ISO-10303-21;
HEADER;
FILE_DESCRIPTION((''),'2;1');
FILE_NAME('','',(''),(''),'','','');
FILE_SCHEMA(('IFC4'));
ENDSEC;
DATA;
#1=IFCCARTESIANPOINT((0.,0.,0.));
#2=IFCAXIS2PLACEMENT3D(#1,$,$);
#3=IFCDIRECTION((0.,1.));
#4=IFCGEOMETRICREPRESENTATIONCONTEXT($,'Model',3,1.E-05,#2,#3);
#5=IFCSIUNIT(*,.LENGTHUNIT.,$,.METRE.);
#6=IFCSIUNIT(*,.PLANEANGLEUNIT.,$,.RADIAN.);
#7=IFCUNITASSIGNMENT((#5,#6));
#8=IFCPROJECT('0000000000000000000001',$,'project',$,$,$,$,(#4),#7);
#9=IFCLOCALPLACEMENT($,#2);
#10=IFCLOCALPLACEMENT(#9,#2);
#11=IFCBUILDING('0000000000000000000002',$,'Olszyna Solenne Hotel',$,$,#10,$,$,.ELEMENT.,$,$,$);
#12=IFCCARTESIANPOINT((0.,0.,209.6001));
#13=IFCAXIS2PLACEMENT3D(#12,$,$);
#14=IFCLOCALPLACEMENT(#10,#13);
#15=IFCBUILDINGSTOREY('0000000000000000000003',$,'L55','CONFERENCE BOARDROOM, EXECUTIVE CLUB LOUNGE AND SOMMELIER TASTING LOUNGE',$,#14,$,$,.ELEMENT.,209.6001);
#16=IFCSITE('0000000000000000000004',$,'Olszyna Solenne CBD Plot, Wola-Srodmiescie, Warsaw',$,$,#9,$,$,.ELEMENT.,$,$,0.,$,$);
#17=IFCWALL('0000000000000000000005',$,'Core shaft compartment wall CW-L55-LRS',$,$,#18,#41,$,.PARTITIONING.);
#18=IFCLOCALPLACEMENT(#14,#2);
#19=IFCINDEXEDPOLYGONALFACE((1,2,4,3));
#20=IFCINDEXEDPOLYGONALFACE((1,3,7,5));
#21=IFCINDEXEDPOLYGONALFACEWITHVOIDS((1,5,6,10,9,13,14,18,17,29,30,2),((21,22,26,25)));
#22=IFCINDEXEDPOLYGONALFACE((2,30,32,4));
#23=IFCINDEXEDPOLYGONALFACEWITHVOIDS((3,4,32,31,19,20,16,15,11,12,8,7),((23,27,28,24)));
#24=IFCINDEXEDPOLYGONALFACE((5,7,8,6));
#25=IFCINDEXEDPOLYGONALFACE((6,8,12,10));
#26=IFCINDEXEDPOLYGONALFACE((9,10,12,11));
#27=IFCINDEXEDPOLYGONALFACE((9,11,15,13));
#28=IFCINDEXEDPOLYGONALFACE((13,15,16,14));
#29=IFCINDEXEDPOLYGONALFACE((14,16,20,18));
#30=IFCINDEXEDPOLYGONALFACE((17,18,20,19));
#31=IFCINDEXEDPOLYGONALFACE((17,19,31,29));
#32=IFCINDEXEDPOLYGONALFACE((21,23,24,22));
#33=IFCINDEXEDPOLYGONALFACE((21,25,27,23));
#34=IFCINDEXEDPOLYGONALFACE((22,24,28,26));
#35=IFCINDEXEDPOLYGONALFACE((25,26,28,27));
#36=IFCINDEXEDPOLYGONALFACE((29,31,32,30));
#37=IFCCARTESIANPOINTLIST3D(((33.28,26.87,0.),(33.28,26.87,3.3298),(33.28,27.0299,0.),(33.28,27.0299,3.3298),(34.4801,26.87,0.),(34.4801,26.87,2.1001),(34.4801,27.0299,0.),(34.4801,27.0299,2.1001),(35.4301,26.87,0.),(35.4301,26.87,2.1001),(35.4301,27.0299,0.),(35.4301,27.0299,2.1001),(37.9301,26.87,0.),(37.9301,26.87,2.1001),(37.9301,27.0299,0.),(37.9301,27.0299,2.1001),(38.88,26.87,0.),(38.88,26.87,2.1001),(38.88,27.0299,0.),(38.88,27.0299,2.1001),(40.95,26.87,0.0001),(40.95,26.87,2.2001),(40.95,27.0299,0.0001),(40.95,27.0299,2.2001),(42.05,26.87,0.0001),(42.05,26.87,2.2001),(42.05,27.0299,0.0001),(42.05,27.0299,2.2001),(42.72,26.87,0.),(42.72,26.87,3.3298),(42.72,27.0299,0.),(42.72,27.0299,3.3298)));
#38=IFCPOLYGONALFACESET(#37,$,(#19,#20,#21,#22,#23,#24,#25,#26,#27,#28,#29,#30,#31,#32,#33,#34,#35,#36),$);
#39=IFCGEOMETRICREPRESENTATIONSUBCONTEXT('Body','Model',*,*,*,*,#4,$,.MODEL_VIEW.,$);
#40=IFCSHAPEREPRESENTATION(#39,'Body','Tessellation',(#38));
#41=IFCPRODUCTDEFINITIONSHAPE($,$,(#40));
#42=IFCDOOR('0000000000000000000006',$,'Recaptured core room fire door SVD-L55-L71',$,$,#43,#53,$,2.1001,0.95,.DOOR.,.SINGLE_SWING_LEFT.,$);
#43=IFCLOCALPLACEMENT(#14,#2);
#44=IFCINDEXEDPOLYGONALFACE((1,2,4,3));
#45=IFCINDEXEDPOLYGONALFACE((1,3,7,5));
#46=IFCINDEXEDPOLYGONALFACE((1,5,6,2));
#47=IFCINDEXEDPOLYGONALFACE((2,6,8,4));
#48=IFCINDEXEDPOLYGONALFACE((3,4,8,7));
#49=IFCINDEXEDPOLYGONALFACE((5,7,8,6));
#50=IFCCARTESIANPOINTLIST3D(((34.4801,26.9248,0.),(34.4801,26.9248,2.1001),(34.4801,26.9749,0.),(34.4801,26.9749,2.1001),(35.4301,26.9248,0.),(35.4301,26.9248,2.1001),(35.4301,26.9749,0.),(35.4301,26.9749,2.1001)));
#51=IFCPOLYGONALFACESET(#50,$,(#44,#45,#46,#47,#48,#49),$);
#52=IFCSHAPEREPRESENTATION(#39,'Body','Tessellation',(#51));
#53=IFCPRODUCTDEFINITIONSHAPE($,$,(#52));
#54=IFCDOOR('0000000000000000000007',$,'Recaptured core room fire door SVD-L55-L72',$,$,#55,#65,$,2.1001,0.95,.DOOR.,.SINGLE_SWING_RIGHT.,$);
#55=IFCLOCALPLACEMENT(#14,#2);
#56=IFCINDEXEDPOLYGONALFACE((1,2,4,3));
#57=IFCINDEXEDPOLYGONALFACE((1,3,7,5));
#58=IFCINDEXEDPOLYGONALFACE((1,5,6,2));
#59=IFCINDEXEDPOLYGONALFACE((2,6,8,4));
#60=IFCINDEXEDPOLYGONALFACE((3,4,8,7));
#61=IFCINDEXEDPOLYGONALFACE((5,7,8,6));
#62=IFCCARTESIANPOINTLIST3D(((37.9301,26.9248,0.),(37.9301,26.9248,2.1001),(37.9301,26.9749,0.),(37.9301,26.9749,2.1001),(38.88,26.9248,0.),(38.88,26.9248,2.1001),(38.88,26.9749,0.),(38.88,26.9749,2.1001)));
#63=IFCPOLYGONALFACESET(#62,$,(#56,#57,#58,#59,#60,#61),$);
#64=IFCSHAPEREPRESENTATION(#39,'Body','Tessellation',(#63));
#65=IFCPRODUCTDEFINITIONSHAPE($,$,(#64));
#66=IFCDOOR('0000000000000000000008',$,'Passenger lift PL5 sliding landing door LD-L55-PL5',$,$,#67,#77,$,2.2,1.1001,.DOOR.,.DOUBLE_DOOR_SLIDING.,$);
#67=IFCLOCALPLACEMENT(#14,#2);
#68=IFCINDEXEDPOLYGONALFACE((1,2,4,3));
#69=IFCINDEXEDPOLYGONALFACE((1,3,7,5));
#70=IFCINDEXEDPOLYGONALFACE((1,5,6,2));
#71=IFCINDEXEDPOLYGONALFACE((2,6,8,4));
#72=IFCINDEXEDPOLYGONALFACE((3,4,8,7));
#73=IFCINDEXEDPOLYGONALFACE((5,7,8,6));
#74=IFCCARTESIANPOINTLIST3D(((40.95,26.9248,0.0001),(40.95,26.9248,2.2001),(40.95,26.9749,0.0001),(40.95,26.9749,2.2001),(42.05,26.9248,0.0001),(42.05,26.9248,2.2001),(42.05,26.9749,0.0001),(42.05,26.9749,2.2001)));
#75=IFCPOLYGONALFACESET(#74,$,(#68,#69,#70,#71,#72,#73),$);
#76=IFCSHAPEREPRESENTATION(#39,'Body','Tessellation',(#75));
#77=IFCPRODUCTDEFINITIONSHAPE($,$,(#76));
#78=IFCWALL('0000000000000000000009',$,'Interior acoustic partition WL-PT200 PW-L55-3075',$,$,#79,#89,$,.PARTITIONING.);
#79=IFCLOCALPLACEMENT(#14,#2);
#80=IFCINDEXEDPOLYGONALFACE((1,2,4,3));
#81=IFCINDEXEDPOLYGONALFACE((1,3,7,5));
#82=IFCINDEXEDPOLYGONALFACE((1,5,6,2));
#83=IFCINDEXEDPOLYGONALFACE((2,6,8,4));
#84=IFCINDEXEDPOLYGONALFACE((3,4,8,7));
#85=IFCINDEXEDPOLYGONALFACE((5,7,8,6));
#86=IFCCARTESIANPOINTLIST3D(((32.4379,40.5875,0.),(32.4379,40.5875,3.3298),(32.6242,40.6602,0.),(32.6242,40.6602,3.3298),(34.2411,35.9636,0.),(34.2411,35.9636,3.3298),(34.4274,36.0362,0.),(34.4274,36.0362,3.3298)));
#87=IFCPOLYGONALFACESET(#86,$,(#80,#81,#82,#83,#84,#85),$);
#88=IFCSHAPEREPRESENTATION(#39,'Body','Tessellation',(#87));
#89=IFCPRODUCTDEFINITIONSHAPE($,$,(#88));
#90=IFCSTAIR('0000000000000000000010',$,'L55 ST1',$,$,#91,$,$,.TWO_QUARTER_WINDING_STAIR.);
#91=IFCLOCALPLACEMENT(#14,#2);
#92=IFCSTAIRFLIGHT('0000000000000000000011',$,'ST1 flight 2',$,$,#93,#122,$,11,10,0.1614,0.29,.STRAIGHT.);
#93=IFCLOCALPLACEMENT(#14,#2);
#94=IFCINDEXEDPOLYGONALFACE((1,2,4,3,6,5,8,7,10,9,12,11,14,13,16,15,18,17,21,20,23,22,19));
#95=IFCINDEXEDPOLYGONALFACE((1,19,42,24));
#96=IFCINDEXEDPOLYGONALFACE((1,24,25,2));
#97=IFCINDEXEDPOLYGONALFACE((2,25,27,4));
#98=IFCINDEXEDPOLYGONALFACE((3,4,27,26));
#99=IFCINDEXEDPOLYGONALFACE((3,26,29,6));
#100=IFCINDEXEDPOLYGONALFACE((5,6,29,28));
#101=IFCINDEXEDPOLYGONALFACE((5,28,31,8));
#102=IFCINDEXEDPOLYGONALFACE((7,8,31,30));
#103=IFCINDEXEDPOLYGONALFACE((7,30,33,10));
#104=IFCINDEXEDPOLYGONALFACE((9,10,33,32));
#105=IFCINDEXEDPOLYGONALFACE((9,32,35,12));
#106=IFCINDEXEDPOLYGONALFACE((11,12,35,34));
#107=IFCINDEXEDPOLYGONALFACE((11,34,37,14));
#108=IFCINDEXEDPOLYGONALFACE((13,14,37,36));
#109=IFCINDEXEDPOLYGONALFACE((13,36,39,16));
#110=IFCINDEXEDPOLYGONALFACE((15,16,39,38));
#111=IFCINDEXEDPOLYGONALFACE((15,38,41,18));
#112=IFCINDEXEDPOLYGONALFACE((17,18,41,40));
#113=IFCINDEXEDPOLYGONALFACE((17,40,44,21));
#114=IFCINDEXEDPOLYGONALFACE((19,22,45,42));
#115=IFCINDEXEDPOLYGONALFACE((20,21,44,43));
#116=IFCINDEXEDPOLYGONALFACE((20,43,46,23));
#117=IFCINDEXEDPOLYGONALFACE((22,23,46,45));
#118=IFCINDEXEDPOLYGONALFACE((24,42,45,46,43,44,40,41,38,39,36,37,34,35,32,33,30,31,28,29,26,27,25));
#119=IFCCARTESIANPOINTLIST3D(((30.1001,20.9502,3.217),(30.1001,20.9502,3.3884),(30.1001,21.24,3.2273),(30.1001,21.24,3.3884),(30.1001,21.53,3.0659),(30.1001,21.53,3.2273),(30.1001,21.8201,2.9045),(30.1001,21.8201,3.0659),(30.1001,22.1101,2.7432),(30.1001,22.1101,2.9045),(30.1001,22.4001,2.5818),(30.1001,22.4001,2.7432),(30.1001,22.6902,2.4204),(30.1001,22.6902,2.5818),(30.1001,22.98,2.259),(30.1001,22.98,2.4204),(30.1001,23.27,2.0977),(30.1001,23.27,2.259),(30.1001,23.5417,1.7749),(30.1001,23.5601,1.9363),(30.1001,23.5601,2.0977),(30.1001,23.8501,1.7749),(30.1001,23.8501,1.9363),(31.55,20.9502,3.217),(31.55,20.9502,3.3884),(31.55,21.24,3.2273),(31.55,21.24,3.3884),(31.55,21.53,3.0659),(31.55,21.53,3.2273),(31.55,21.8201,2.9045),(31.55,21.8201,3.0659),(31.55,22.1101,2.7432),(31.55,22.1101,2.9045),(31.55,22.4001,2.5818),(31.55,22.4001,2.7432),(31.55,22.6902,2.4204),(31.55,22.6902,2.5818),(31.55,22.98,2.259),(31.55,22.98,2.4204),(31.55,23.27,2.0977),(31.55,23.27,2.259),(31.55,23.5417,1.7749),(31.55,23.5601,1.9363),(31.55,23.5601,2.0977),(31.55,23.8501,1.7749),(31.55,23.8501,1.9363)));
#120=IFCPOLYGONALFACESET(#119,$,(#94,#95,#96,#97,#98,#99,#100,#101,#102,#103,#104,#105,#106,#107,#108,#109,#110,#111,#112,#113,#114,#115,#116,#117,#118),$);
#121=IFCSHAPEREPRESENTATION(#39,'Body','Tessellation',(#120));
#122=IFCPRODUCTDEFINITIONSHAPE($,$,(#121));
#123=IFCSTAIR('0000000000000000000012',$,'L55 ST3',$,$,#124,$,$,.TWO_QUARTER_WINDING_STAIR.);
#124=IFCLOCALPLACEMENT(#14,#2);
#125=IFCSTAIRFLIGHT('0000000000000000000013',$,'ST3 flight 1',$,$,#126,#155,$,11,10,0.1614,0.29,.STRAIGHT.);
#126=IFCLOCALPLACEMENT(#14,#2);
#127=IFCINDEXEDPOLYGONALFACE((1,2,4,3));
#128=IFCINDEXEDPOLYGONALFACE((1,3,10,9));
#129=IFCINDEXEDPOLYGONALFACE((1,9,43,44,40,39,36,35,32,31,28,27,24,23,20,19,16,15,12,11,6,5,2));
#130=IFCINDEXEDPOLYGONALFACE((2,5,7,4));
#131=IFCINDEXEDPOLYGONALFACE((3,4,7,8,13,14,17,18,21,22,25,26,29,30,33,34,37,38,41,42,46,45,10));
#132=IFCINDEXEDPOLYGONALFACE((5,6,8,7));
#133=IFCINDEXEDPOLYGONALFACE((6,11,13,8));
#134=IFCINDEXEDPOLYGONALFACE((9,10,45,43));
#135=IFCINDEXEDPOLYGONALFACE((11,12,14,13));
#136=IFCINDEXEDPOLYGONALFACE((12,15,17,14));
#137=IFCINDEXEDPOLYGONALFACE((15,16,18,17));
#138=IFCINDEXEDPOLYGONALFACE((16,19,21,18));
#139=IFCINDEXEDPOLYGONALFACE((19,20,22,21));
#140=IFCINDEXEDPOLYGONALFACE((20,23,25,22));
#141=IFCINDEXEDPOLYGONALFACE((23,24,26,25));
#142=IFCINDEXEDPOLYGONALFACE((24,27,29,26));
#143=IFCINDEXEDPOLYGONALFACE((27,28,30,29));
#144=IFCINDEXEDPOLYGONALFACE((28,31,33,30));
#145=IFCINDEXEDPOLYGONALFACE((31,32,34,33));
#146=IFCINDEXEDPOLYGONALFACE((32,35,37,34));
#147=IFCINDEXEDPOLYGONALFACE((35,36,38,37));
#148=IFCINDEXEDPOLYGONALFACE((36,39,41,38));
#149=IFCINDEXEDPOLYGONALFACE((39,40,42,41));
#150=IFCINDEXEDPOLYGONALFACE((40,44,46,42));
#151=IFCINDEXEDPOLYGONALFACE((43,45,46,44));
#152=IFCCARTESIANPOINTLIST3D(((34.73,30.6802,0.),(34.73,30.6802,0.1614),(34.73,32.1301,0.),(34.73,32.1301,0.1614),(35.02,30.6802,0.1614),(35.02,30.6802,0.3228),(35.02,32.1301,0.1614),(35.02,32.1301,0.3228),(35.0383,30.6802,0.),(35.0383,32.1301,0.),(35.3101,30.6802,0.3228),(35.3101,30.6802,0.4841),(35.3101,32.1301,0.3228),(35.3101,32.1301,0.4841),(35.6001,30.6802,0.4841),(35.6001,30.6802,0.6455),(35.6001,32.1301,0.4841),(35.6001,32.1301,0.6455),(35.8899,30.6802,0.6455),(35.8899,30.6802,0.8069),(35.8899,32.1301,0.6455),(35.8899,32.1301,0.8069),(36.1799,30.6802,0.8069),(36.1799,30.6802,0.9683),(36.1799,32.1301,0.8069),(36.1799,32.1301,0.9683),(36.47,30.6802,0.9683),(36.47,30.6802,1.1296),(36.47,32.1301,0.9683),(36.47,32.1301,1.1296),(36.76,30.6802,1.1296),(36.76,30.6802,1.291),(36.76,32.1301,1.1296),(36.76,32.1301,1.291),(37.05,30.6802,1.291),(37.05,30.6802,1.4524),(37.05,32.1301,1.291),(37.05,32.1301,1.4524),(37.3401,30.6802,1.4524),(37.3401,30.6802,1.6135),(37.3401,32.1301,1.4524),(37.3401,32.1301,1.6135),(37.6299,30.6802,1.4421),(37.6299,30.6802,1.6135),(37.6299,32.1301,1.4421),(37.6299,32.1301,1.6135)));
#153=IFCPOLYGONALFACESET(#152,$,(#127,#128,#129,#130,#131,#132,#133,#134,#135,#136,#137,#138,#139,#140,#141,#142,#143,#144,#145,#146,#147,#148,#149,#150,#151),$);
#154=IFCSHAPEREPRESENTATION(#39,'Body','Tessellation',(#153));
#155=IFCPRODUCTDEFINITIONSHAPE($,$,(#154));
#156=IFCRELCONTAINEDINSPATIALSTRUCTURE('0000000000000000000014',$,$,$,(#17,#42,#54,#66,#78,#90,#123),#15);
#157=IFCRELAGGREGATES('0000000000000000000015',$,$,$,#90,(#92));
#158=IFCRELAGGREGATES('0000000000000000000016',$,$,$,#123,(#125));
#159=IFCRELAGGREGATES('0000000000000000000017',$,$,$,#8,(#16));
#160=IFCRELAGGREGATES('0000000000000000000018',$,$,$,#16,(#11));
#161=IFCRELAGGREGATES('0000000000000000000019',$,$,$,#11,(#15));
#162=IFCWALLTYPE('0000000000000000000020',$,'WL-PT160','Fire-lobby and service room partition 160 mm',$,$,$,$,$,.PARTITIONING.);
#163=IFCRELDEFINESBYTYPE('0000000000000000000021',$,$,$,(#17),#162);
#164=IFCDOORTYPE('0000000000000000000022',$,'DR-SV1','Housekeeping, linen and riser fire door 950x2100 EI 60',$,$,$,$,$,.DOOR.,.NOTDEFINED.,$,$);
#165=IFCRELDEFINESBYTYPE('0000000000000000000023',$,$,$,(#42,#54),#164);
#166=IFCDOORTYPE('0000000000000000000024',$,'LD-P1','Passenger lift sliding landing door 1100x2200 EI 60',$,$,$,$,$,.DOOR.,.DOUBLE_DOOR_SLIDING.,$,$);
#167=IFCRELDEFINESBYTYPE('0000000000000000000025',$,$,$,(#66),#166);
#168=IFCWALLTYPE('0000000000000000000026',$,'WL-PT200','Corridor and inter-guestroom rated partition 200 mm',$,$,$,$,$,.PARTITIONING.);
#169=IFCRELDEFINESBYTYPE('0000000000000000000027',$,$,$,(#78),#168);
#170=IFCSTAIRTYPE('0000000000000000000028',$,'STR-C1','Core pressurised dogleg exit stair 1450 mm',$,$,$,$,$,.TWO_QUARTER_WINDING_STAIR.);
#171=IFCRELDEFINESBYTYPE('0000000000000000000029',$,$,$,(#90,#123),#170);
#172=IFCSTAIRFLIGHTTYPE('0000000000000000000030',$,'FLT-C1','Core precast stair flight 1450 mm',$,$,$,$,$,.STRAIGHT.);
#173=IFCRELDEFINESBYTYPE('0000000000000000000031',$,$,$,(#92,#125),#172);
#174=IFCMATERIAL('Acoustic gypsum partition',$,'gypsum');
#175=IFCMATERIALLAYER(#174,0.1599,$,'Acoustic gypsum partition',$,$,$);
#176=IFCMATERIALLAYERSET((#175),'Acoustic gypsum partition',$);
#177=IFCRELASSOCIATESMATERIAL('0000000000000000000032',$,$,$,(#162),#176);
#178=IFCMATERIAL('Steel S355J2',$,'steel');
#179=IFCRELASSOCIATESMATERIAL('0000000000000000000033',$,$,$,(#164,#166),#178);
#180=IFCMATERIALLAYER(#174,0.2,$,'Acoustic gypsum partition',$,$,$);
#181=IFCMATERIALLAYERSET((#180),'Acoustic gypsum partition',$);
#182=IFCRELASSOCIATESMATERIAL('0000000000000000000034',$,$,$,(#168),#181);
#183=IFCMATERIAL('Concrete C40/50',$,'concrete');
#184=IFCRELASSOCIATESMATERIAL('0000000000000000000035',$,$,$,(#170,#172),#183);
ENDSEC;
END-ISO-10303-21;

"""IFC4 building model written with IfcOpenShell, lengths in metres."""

from ifc_helpers import new_model, si_unit, direction, frame, frame_2d, origin, place, context, subcontext, project, spatial, polyline, rectangle, outline, extrude, source, transform, mapped, material, layer, layer_set, type_object, type_shapes, element, fill, aggregate, save


model = new_model("IFC4")

# Units and contexts
model_context = context("Model", 3, precision=1e-05, world=origin(), true_north=direction((0.0, 1.0)))
body_context = subcontext(model_context, "Body", "Model", "MODEL_VIEW")
ifc_project = project(units=[si_unit("LENGTHUNIT", "METRE"), si_unit("PLANEANGLEUNIT", "RADIAN")], contexts=[model_context])

# Site, building, storey
site_placement = place(None, origin())
site = spatial("IfcSite", under=ifc_project, at=site_placement, Name="Olszyna Solenne CBD Plot, Wola-Srodmiescie, Warsaw", CompositionType="ELEMENT", RefElevation=0.0)
building_placement = place(site_placement, origin())
building = spatial("IfcBuilding", under=site, at=building_placement, Name="Olszyna Solenne Hotel", CompositionType="ELEMENT")
storey_placement = place(building_placement, frame((0.0, 0.0, 209.6001)))
storey = spatial("IfcBuildingStorey", under=building, at=storey_placement, Name="L55", Description="CONFERENCE BOARDROOM, EXECUTIVE CLUB LOUNGE AND SOMMELIER TASTING LOUNGE", CompositionType="ELEMENT", Elevation=209.6001)

# Shared definitions
ifc_material_1 = material(Name="Steel S355J2", Category="steel")

# Shared definitions
ifc_material_2 = material(Name="Acoustic gypsum partition", Category="gypsum")
ifc_layer_1 = layer(ifc_material_2, 0.1599, Name="Acoustic gypsum partition")
ifc_layer_set_1 = layer_set([ifc_layer_1], Name="Acoustic gypsum partition")
wall_type_1 = type_object("IfcWallType", Name="WL-PT160", Description="Fire-lobby and service room partition 160 mm", PredefinedType="PARTITIONING", material=ifc_layer_set_1)

# Wall, openings, doors
wall_1_placement = place(storey_placement, frame((33.28, 26.95, 0.0), z_axis=(0.0, 0.0, 1.0), x_axis=(1.0, 0.0, 0.0)))
wall_1 = element("IfcWall", 1, at=wall_1_placement, inside=storey, type_object=wall_type_1, Name="Core shaft compartment wall CW-L55-LRS", PredefinedType="PARTITIONING", context=body_context, shape_type="SweptSolid", body=[
    extrude(rectangle(XDim=9.4399, YDim=0.1599, at=frame_2d((4.72, 0.0))), origin(), (0.0, 0.0, 1.0), 3.3298),
])
opening_1_placement = place(wall_1_placement, frame((1.2, 0.0, 0.0)))
opening_1 = element("IfcOpeningElement", 2, at=opening_1_placement, cuts=wall_1, PredefinedType="OPENING", context=body_context, shape_type="SweptSolid", body=[
    extrude(rectangle(XDim=0.95, YDim=2.1001, at=frame_2d((0.4751, 1.05))), frame((0.0, 0.0898, 0.0), z_axis=(0.0, -1.0, 0.0), x_axis=(1.0, 0.0, 0.0)), (0.0, 0.0, 1.0), 0.1799),
])
opening_2_placement = place(wall_1_placement, frame((4.6499, 0.0, 0.0)))
opening_2 = element("IfcOpeningElement", 3, at=opening_2_placement, cuts=wall_1, PredefinedType="OPENING", context=body_context, shape_type="SweptSolid", body=[
    extrude(rectangle(XDim=0.95, YDim=2.1001, at=frame_2d((0.4751, 1.05))), frame((0.0, 0.0898, 0.0), z_axis=(0.0, -1.0, 0.0), x_axis=(1.0, 0.0, 0.0)), (0.0, 0.0, 1.0), 0.1799),
])
opening_3_placement = place(wall_1_placement, frame((7.6699, 0.0, 0.0)))
opening_3 = element("IfcOpeningElement", 4, at=opening_3_placement, cuts=wall_1, PredefinedType="OPENING", context=body_context, shape_type="SweptSolid", body=[
    extrude(rectangle(XDim=1.1001, YDim=2.2, at=frame_2d((0.55, 1.1001))), frame((0.0, 0.0898, 0.0), z_axis=(0.0, -1.0, 0.0), x_axis=(1.0, 0.0, 0.0)), (0.0, 0.0, 1.0), 0.1799),
])
door_type_1 = type_object("IfcDoorType", Name="DR-SV1", Description="Housekeeping, linen and riser fire door 950x2100 EI 60", OperationType="NOTDEFINED", PredefinedType="DOOR", material=ifc_material_1)
shared_shape_1 = source(origin(), body_context, "Body", "SweptSolid", [
    extrude(rectangle(XDim=0.95, YDim=2.1001, at=frame_2d((0.4751, 1.05))), frame((0.0, 0.0249, 0.0), z_axis=(0.0, -1.0, 0.0), x_axis=(1.0, 0.0, 0.0)), (0.0, 0.0, 1.0), 0.05),
])
type_shapes(door_type_1, [shared_shape_1])
door_1_placement = place(opening_1_placement, origin())
door_1 = element("IfcDoor", 5, at=door_1_placement, inside=storey, type_object=door_type_1, Name="Recaptured core room fire door SVD-L55-L71", OperationType="SINGLE_SWING_LEFT", OverallHeight=2.1001, OverallWidth=0.95, PredefinedType="DOOR", context=body_context, shape_type="MappedRepresentation", body=[
    mapped(shared_shape_1, transform((0.0, 0.0, 0.0), x_axis=(1.0, 0.0, 0.0), y_axis=(0.0, 1.0, 0.0), z_axis=(0.0, 0.0, 1.0), scale=1.0)),
])
fill(opening_1, door_1)
door_2_placement = place(opening_2_placement, origin())
door_2 = element("IfcDoor", 6, at=door_2_placement, inside=storey, type_object=door_type_1, Name="Recaptured core room fire door SVD-L55-L72", OperationType="SINGLE_SWING_RIGHT", OverallHeight=2.1001, OverallWidth=0.95, PredefinedType="DOOR", context=body_context, shape_type="MappedRepresentation", body=[
    mapped(shared_shape_1, transform((0.0, 0.0, 0.0), x_axis=(1.0, 0.0, 0.0), y_axis=(0.0, 1.0, 0.0), z_axis=(0.0, 0.0, 1.0), scale=1.0)),
])
fill(opening_2, door_2)
door_type_2 = type_object("IfcDoorType", Name="LD-P1", Description="Passenger lift sliding landing door 1100x2200 EI 60", OperationType="DOUBLE_DOOR_SLIDING", PredefinedType="DOOR", material=ifc_material_1)
shared_shape_2 = source(origin(), body_context, "Body", "SweptSolid", [
    extrude(rectangle(XDim=1.1001, YDim=2.2, at=frame_2d((0.55, 1.1001))), frame((0.0, 0.0249, 0.0), z_axis=(0.0, -1.0, 0.0), x_axis=(1.0, 0.0, 0.0)), (0.0, 0.0, 1.0), 0.05),
])
type_shapes(door_type_2, [shared_shape_2])
door_3_placement = place(opening_3_placement, origin())
door_3 = element("IfcDoor", 7, at=door_3_placement, inside=storey, type_object=door_type_2, Name="Passenger lift PL5 sliding landing door LD-L55-PL5", OperationType="DOUBLE_DOOR_SLIDING", OverallHeight=2.2, OverallWidth=1.1001, PredefinedType="DOOR", context=body_context, shape_type="MappedRepresentation", body=[
    mapped(shared_shape_2, transform((0.0, 0.0, 0.0), x_axis=(1.0, 0.0, 0.0), y_axis=(0.0, 1.0, 0.0), z_axis=(0.0, 0.0, 1.0), scale=1.0)),
])
fill(opening_3, door_3)

# Wall
ifc_layer_2 = layer(ifc_material_2, 0.2, Name="Acoustic gypsum partition")
ifc_layer_set_2 = layer_set([ifc_layer_2], Name="Acoustic gypsum partition")
wall_type_2 = type_object("IfcWallType", Name="WL-PT200", Description="Corridor and inter-guestroom rated partition 200 mm", PredefinedType="PARTITIONING", material=ifc_layer_set_2)
wall_2_placement = place(storey_placement, frame((34.3342, 36.0, 0.0), z_axis=(0.0, 0.0, 1.0), x_axis=(-0.36332, 0.931665, 0.0)))
element("IfcWall", 8, at=wall_2_placement, inside=storey, type_object=wall_type_2, Name="Interior acoustic partition WL-PT200 PW-L55-3075", PredefinedType="PARTITIONING", context=body_context, shape_type="SweptSolid", body=[
    extrude(rectangle(XDim=4.9631, YDim=0.2, at=frame_2d((2.4814, 0.0))), origin(), (0.0, 0.0, 1.0), 3.3298),
])

# Stairs, stair flights
ifc_material_3 = material(Name="Concrete C40/50", Category="concrete")
stair_type = type_object("IfcStairType", Name="STR-C1", Description="Core pressurised dogleg exit stair 1450 mm", PredefinedType="TWO_QUARTER_WINDING_STAIR", material=ifc_material_3)
stair_1_placement = place(storey_placement, origin())
stair_1 = element("IfcStair", 9, at=stair_1_placement, inside=storey, type_object=stair_type, Name="L55 ST1", PredefinedType="TWO_QUARTER_WINDING_STAIR")
stair_flight_type = type_object("IfcStairFlightType", Name="FLT-C1", Description="Core precast stair flight 1450 mm", PredefinedType="STRAIGHT", material=ifc_material_3)
stair_flight_1_placement = place(storey_placement, frame((30.825, 23.8501, 1.7749), z_axis=(0.0, 0.0, 1.0), x_axis=(0.0, -1.0, 0.0)))
stair_flight_1 = element("IfcStairFlight", 10, at=stair_flight_1_placement, type_object=stair_flight_type, Name="ST1 flight 2", NumberOfRisers=11, NumberOfTreads=10, PredefinedType="STRAIGHT", RiserHeight=0.1614, TreadLength=0.29, context=body_context, shape_type="SweptSolid", body=[
    extrude(outline(polyline([(0.0, 0.0), (0.0, 0.1614), (0.29, 0.1614), (0.29, 0.3228), (0.5801, 0.3228), (0.5801, 0.4841), (0.8701, 0.4841), (0.8701, 0.6455), (1.1599, 0.6455), (1.1599, 0.8069), (1.45, 0.8069), (1.45, 0.9683), (1.74, 0.9683), (1.74, 1.1296), (2.03, 1.1296), (2.03, 1.291), (2.3201, 1.291), (2.3201, 1.4524), (2.6101, 1.4524), (2.6101, 1.6135), (2.8999, 1.6135), (2.8999, 1.7749), (2.8999, 1.4421), (0.3083, 0.0), (0.0, 0.0)])), frame((0.0, 0.7251, 0.0), z_axis=(0.0, -1.0, 0.0), x_axis=(1.0, 0.0, 0.0)), (0.0, 0.0, 1.0), 1.45),
])
aggregate(stair_1, [stair_flight_1])
stair_2_placement = place(storey_placement, origin())
stair_2 = element("IfcStair", 11, at=stair_2_placement, inside=storey, type_object=stair_type, Name="L55 ST3", PredefinedType="TWO_QUARTER_WINDING_STAIR")
stair_flight_2_placement = place(storey_placement, frame((34.73, 31.405, 0.0), z_axis=(0.0, 0.0, 1.0), x_axis=(1.0, 0.0, 0.0)))
stair_flight_2 = element("IfcStairFlight", 12, at=stair_flight_2_placement, type_object=stair_flight_type, Name="ST3 flight 1", NumberOfRisers=11, NumberOfTreads=10, PredefinedType="STRAIGHT", RiserHeight=0.1614, TreadLength=0.29, context=body_context, shape_type="SweptSolid", body=[
    extrude(outline(polyline([(0.0, 0.0), (0.0, 0.1614), (0.29, 0.1614), (0.29, 0.3228), (0.5801, 0.3228), (0.5801, 0.4841), (0.8701, 0.4841), (0.8701, 0.6455), (1.1599, 0.6455), (1.1599, 0.8069), (1.45, 0.8069), (1.45, 0.9683), (1.74, 0.9683), (1.74, 1.1296), (2.03, 1.1296), (2.03, 1.291), (2.3201, 1.291), (2.3201, 1.4524), (2.6101, 1.4524), (2.6101, 1.6135), (2.8999, 1.6135), (2.8999, 1.7749), (2.8999, 1.4421), (0.3083, 0.0), (0.0, 0.0)])), frame((0.0, 0.7251, 0.0), z_axis=(0.0, -1.0, 0.0), x_axis=(1.0, 0.0, 0.0)), (0.0, 0.0, 1.0), 1.45),
])
aggregate(stair_2, [stair_flight_2])

save(model, "model.ifc")
